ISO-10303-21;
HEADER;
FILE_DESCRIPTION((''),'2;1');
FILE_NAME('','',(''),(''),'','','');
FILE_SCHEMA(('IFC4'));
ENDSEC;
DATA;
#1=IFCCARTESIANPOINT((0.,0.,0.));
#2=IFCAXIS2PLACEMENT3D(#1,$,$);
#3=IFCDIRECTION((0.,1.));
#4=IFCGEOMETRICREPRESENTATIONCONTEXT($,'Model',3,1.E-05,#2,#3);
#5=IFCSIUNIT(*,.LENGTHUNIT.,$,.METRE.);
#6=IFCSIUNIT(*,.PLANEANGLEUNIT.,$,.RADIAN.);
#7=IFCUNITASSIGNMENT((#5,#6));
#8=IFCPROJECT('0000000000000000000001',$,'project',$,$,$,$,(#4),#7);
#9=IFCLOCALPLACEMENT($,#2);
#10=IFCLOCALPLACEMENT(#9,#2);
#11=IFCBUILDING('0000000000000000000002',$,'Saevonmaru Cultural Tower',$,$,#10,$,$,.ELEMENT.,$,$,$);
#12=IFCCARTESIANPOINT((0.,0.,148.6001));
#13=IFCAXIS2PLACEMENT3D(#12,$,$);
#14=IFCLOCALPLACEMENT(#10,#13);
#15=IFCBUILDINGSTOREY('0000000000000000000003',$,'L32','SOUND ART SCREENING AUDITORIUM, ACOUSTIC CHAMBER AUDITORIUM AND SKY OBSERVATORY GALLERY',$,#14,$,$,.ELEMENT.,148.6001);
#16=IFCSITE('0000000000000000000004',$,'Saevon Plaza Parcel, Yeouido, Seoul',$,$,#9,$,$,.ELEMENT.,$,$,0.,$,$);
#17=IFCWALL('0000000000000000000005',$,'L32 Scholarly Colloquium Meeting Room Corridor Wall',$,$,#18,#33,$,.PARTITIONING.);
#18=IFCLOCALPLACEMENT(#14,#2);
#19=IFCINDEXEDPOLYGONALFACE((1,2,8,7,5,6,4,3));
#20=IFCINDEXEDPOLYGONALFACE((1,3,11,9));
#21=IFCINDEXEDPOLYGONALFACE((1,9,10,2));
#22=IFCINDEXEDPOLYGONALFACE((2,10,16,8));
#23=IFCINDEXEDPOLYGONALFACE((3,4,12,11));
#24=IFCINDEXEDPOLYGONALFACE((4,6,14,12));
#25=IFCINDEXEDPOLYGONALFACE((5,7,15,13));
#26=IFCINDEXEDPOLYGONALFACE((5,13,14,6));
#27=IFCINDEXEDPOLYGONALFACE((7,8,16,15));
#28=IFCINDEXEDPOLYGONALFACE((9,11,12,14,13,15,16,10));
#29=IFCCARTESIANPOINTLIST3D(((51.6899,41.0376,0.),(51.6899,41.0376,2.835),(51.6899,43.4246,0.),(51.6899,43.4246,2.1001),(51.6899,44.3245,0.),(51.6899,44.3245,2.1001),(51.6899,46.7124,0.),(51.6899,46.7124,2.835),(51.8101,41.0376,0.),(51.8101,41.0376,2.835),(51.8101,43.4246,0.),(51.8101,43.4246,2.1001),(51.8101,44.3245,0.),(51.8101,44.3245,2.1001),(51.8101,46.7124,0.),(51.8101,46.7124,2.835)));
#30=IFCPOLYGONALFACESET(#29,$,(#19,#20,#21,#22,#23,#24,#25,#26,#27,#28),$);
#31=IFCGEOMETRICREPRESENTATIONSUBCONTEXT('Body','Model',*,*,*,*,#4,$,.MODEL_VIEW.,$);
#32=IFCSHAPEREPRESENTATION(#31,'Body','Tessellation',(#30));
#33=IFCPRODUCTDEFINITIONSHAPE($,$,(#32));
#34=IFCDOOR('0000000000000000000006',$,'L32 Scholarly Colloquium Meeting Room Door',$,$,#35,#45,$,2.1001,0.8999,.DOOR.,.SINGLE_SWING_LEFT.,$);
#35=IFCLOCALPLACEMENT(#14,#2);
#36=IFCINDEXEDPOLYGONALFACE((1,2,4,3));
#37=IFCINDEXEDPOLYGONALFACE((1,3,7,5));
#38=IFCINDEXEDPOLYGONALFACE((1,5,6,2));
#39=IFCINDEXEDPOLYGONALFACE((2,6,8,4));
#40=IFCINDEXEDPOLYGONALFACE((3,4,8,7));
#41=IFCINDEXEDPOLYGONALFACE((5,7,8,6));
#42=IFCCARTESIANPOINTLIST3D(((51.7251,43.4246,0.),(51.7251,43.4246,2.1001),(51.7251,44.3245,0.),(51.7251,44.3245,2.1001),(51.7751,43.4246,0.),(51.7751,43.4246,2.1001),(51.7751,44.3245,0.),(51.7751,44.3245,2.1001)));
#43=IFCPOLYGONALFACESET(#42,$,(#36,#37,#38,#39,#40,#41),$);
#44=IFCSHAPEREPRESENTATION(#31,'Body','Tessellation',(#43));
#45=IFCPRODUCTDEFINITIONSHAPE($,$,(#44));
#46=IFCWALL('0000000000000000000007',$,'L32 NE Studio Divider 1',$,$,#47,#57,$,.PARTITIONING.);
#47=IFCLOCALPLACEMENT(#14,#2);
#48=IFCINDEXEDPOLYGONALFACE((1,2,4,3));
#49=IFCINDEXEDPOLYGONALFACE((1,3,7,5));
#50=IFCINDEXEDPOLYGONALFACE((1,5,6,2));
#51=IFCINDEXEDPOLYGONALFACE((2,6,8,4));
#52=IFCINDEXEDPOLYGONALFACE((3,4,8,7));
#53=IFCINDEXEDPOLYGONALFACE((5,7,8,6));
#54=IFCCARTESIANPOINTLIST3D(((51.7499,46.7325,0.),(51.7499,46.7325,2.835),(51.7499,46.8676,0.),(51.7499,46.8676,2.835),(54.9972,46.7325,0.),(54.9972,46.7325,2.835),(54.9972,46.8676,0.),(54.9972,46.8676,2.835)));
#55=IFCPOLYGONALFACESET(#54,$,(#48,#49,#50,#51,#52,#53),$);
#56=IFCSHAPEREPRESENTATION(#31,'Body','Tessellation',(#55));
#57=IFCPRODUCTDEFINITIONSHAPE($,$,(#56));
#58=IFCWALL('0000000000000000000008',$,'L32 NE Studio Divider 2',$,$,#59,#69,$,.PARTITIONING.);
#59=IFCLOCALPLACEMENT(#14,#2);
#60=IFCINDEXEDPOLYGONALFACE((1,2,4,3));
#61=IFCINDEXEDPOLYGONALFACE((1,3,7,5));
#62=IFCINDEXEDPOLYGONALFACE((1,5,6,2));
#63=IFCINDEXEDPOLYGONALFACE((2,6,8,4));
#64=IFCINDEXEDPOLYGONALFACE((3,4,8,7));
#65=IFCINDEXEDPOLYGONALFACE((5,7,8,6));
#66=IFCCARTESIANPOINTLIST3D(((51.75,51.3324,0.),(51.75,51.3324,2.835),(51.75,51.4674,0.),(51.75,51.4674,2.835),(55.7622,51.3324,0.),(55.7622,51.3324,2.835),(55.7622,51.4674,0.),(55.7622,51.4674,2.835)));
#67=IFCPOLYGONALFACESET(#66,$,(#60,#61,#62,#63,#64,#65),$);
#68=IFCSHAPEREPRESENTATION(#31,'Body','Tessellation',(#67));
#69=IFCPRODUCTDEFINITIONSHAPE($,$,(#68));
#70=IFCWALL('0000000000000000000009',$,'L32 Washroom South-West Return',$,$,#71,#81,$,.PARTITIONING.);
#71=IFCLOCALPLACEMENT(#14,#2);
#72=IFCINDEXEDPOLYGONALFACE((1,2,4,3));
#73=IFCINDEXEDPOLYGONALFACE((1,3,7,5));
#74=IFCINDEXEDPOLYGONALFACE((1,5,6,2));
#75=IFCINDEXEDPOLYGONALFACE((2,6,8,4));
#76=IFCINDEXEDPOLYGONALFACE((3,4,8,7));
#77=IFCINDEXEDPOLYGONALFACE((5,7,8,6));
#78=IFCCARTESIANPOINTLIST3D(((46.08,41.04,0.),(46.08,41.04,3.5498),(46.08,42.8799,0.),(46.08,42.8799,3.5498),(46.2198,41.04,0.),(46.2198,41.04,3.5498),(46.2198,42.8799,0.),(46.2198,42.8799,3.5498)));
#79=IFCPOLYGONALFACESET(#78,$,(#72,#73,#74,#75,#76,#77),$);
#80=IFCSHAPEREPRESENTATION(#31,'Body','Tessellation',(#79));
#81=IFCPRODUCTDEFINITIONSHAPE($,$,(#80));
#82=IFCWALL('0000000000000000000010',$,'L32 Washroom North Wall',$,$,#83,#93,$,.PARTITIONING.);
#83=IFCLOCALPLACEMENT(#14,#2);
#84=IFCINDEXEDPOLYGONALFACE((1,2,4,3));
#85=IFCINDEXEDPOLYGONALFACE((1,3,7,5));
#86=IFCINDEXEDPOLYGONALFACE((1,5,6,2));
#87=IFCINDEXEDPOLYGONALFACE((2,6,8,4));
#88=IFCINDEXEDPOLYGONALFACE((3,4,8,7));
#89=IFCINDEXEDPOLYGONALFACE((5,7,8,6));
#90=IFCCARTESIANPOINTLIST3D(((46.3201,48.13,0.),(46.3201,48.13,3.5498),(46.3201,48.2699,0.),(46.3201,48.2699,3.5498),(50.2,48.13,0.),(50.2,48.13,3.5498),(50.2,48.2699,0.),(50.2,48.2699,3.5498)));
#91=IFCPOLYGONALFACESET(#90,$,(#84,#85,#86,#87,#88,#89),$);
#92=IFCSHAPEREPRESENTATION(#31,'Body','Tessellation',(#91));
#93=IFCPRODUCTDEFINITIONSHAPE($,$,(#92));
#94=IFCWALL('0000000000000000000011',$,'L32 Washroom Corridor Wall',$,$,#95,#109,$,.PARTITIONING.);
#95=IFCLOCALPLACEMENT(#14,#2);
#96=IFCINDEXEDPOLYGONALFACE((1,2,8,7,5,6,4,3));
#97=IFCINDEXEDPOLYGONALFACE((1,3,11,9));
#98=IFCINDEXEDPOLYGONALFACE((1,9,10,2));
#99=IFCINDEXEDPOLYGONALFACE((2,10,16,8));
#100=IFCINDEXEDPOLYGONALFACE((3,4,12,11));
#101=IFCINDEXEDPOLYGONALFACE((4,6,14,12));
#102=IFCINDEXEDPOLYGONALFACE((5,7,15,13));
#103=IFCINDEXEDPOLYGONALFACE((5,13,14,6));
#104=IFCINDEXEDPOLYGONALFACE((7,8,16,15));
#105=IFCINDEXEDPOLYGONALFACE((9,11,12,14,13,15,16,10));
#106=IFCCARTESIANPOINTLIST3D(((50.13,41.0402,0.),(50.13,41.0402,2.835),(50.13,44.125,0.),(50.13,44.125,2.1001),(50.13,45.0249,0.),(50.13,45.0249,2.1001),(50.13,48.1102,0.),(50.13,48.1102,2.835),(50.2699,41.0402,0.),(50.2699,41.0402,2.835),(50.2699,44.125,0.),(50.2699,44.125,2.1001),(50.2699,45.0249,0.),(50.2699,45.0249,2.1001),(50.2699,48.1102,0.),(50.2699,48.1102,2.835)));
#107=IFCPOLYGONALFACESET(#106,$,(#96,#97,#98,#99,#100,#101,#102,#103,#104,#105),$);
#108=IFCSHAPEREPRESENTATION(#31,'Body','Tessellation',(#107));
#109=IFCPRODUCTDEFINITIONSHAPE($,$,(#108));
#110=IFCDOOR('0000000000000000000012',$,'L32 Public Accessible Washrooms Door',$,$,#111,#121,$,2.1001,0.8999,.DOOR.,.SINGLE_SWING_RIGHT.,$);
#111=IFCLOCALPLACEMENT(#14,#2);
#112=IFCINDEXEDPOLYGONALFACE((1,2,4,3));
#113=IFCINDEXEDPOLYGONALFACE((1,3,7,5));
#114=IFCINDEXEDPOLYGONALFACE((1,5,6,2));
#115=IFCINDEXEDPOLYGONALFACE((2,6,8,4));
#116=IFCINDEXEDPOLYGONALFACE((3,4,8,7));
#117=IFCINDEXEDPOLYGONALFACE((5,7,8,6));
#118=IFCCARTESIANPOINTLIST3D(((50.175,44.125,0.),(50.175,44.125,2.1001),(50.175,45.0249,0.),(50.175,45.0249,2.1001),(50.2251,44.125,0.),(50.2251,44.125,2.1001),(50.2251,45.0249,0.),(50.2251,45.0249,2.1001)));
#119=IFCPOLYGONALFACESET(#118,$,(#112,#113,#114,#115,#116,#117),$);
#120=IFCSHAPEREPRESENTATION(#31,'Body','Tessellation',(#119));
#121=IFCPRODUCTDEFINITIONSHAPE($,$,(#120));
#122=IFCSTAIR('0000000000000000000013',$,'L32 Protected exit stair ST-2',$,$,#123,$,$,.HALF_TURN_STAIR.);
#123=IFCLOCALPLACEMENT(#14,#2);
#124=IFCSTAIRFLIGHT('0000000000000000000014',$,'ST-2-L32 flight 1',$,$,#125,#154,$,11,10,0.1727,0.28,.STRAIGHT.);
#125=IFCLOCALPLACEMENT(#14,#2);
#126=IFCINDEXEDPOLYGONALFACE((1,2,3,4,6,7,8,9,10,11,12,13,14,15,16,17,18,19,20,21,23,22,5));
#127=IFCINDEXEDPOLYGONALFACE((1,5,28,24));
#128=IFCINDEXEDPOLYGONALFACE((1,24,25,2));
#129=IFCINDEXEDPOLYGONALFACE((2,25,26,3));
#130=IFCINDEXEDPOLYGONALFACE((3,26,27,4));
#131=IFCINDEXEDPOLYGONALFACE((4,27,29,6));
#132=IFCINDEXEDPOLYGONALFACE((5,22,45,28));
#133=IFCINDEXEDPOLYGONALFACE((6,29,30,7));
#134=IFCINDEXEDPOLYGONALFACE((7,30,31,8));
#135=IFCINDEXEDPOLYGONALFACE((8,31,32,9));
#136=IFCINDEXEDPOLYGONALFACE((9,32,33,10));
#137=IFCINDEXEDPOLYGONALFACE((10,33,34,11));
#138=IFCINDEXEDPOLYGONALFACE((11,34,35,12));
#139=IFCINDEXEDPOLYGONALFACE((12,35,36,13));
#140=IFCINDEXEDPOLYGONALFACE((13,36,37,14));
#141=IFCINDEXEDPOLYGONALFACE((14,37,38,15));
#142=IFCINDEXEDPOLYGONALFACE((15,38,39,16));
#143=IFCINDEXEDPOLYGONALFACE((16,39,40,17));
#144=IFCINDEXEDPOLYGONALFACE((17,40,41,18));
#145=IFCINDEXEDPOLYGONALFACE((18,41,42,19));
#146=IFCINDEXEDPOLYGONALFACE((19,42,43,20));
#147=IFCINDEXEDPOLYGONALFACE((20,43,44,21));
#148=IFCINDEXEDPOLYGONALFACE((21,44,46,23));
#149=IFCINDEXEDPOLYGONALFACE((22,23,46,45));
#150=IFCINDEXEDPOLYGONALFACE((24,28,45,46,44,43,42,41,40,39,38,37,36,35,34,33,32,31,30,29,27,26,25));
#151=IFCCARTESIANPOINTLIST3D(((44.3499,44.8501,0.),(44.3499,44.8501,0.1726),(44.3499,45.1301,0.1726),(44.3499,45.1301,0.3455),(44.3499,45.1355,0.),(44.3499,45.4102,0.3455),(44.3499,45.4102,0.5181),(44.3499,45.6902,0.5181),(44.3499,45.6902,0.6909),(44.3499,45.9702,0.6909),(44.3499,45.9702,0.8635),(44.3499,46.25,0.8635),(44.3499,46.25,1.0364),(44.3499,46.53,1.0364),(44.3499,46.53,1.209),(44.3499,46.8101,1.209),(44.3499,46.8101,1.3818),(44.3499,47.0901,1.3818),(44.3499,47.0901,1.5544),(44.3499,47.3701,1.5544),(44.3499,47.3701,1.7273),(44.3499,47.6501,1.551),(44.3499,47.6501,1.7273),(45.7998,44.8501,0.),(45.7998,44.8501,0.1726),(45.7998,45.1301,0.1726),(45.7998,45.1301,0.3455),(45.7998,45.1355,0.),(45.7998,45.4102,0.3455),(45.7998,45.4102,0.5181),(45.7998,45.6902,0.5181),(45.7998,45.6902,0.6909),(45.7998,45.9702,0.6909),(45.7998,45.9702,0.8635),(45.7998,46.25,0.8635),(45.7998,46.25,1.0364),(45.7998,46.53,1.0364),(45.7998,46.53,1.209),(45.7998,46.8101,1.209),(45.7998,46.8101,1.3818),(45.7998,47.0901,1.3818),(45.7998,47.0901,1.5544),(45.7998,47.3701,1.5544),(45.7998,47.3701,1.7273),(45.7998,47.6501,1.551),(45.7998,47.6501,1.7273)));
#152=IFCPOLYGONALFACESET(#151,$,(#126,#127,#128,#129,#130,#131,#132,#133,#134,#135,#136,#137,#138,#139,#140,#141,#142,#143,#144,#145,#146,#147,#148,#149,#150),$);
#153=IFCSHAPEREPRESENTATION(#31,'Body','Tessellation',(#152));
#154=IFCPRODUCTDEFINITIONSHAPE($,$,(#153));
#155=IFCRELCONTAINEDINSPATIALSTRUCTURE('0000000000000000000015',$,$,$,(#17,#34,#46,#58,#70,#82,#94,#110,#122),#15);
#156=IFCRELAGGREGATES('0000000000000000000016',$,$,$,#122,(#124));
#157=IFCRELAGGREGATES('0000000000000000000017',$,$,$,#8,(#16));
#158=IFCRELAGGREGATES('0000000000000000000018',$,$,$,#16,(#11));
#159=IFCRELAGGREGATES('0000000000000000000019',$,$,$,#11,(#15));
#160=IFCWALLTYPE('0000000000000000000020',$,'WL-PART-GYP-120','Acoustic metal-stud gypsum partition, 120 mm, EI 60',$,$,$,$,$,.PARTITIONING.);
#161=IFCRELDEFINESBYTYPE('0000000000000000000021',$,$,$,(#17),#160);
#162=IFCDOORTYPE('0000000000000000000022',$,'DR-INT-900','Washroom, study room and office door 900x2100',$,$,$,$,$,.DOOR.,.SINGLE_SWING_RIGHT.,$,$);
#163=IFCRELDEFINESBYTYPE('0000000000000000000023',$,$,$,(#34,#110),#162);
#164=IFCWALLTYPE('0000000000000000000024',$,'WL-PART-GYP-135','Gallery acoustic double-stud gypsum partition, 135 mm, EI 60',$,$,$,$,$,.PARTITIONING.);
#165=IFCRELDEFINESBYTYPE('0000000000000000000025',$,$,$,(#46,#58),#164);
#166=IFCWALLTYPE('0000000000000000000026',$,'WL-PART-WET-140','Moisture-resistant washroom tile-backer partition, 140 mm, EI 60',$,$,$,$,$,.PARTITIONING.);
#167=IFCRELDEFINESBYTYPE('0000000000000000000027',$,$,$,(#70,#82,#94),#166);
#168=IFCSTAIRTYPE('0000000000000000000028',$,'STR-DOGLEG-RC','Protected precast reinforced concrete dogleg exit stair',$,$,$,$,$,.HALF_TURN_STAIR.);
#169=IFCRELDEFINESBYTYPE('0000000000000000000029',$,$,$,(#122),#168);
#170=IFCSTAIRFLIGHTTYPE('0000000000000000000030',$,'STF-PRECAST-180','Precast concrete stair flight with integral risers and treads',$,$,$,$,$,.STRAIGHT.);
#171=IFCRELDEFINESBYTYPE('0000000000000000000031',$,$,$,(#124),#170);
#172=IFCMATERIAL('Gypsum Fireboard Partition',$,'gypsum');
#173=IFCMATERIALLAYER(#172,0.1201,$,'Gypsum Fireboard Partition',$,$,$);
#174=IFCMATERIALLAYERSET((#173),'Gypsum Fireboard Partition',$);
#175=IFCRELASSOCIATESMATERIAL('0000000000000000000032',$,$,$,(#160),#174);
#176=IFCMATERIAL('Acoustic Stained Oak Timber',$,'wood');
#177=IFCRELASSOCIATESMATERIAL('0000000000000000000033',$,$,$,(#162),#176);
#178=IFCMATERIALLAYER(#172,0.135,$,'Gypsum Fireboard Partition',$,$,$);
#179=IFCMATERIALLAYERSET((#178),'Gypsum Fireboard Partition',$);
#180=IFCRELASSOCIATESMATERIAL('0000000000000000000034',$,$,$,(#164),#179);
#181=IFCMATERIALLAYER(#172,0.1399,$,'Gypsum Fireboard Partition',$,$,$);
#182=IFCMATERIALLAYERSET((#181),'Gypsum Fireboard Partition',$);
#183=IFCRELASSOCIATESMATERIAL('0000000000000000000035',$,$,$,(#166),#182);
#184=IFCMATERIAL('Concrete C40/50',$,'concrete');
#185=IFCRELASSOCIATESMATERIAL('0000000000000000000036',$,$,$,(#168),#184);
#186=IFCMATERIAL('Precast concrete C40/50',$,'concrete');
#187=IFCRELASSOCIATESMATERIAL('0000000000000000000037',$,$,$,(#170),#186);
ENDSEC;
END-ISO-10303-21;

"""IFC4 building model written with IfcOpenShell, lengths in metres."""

from ifc_helpers import new_model, si_unit, direction, frame, frame_2d, origin, place, context, subcontext, project, spatial, polyline, rectangle, outline, extrude, material, layer, layer_set, type_object, element, fill, aggregate, save


model = new_model("IFC4")

# Units and contexts
model_context = context("Model", 3, precision=1e-05, world=origin(), true_north=direction((0.0, 1.0)))
body_context = subcontext(model_context, "Body", "Model", "MODEL_VIEW")
ifc_project = project(units=[si_unit("LENGTHUNIT", "METRE"), si_unit("PLANEANGLEUNIT", "RADIAN")], contexts=[model_context])

# Site, building, storey
site_placement = place(None, origin())
site = spatial("IfcSite", under=ifc_project, at=site_placement, Name="Saevon Plaza Parcel, Yeouido, Seoul", CompositionType="ELEMENT", RefElevation=0.0)
building_placement = place(site_placement, origin())
building = spatial("IfcBuilding", under=site, at=building_placement, Name="Saevonmaru Cultural Tower", CompositionType="ELEMENT")
storey_placement = place(building_placement, frame((0.0, 0.0, 148.6001)))
storey = spatial("IfcBuildingStorey", under=building, at=storey_placement, Name="L32", Description="SOUND ART SCREENING AUDITORIUM, ACOUSTIC CHAMBER AUDITORIUM AND SKY OBSERVATORY GALLERY", CompositionType="ELEMENT", Elevation=148.6001)

# Wall, opening, door
ifc_material_1 = material(Name="Gypsum Fireboard Partition", Category="gypsum")
ifc_material_2 = material(Name="Acoustic Stained Oak Timber", Category="wood")
ifc_layer_1 = layer(ifc_material_1, 0.1201, Name="Gypsum Fireboard Partition")
ifc_layer_set_1 = layer_set([ifc_layer_1], Name="Gypsum Fireboard Partition")
wall_type_1 = type_object("IfcWallType", Name="WL-PART-GYP-120", Description="Acoustic metal-stud gypsum partition, 120 mm, EI 60", PredefinedType="PARTITIONING", material=ifc_layer_set_1)
wall_1_placement = place(storey_placement, frame((51.75, 41.0376, 0.0), z_axis=(0.0, 0.0, 1.0), x_axis=(0.0, 1.0, 0.0)))
wall_1 = element("IfcWall", 1, at=wall_1_placement, inside=storey, type_object=wall_type_1, Name="L32 Scholarly Colloquium Meeting Room Corridor Wall", PredefinedType="PARTITIONING", context=body_context, shape_type="SweptSolid", body=[
    extrude(rectangle(XDim=5.6748, YDim=0.1201, at=frame_2d((2.8374, 0.0))), origin(), (0.0, 0.0, 1.0), 2.835),
])
opening_1_placement = place(wall_1_placement, frame((2.387, 0.0, 0.0)))
opening_1 = element("IfcOpeningElement", 2, at=opening_1_placement, cuts=wall_1, PredefinedType="OPENING", context=body_context, shape_type="SweptSolid", body=[
    extrude(rectangle(XDim=0.8999, YDim=2.1001, at=frame_2d((0.45, 1.05))), frame((0.0, 0.0701, 0.0), z_axis=(0.0, -1.0, 0.0), x_axis=(1.0, 0.0, 0.0)), (0.0, 0.0, 1.0), 0.1401),
])
door_type_1 = type_object("IfcDoorType", Name="DR-INT-900", Description="Washroom, study room and office door 900x2100", OperationType="SINGLE_SWING_RIGHT", PredefinedType="DOOR", material=ifc_material_2)
door_1_placement = place(opening_1_placement, origin())
door_1 = element("IfcDoor", 3, at=door_1_placement, inside=storey, type_object=door_type_1, Name="L32 Scholarly Colloquium Meeting Room Door", OperationType="SINGLE_SWING_LEFT", OverallHeight=2.1001, OverallWidth=0.8999, PredefinedType="DOOR", context=body_context, shape_type="SweptSolid", body=[
    extrude(rectangle(XDim=0.8999, YDim=2.1001, at=frame_2d((0.45, 1.05))), frame((0.0, 0.0249, 0.0), z_axis=(0.0, -1.0, 0.0), x_axis=(1.0, 0.0, 0.0)), (0.0, 0.0, 1.0), 0.05),
])
fill(opening_1, door_1)

# Walls
ifc_layer_2 = layer(ifc_material_1, 0.135, Name="Gypsum Fireboard Partition")
ifc_layer_set_2 = layer_set([ifc_layer_2], Name="Gypsum Fireboard Partition")
wall_type_2 = type_object("IfcWallType", Name="WL-PART-GYP-135", Description="Gallery acoustic double-stud gypsum partition, 135 mm, EI 60", PredefinedType="PARTITIONING", material=ifc_layer_set_2)
wall_2_placement = place(storey_placement, frame((51.75, 46.8, 0.0), z_axis=(0.0, 0.0, 1.0), x_axis=(1.0, 0.0, 0.0)))
element("IfcWall", 4, at=wall_2_placement, inside=storey, type_object=wall_type_2, Name="L32 NE Studio Divider 1", PredefinedType="PARTITIONING", context=body_context, shape_type="SweptSolid", body=[
    extrude(rectangle(XDim=3.2473, YDim=0.135, at=frame_2d((1.6235, 0.0))), origin(), (0.0, 0.0, 1.0), 2.835),
])
wall_3_placement = place(storey_placement, frame((51.75, 51.3999, 0.0), z_axis=(0.0, 0.0, 1.0), x_axis=(1.0, 0.0, 0.0)))
element("IfcWall", 5, at=wall_3_placement, inside=storey, type_object=wall_type_2, Name="L32 NE Studio Divider 2", PredefinedType="PARTITIONING", context=body_context, shape_type="SweptSolid", body=[
    extrude(rectangle(XDim=4.0122, YDim=0.135, at=frame_2d((2.0061, 0.0))), origin(), (0.0, 0.0, 1.0), 2.835),
])
ifc_layer_3 = layer(ifc_material_1, 0.1399, Name="Gypsum Fireboard Partition")
ifc_layer_set_3 = layer_set([ifc_layer_3], Name="Gypsum Fireboard Partition")
wall_type_3 = type_object("IfcWallType", Name="WL-PART-WET-140", Description="Moisture-resistant washroom tile-backer partition, 140 mm, EI 60", PredefinedType="PARTITIONING", material=ifc_layer_set_3)
wall_4_placement = place(storey_placement, frame((46.1499, 41.04, 0.0), z_axis=(0.0, 0.0, 1.0), x_axis=(0.0, 1.0, 0.0)))
element("IfcWall", 6, at=wall_4_placement, inside=storey, type_object=wall_type_3, Name="L32 Washroom South-West Return", PredefinedType="PARTITIONING", context=body_context, shape_type="SweptSolid", body=[
    extrude(rectangle(XDim=1.8398, YDim=0.1399, at=frame_2d((0.9199, 0.0))), origin(), (0.0, 0.0, 1.0), 3.5498),
])
wall_5_placement = place(storey_placement, frame((46.3201, 48.2, 0.0), z_axis=(0.0, 0.0, 1.0), x_axis=(1.0, 0.0, 0.0)))
element("IfcWall", 7, at=wall_5_placement, inside=storey, type_object=wall_type_3, Name="L32 Washroom North Wall", PredefinedType="PARTITIONING", context=body_context, shape_type="SweptSolid", body=[
    extrude(rectangle(XDim=3.8799, YDim=0.1399, at=frame_2d((1.9399, 0.0))), origin(), (0.0, 0.0, 1.0), 3.5498),
])

# Wall, opening, door
wall_6_placement = place(storey_placement, frame((50.2, 41.04, 0.0), z_axis=(0.0, 0.0, 1.0), x_axis=(0.0, 1.0, 0.0)))
wall_6 = element("IfcWall", 8, at=wall_6_placement, inside=storey, type_object=wall_type_3, Name="L32 Washroom Corridor Wall", PredefinedType="PARTITIONING", context=body_context, shape_type="SweptSolid", body=[
    extrude(rectangle(XDim=7.0701, YDim=0.1399, at=frame_2d((3.5352, 0.0))), origin(), (0.0, 0.0, 1.0), 2.835),
])
opening_2_placement = place(wall_6_placement, frame((3.085, 0.0, 0.0)))
opening_2 = element("IfcOpeningElement", 9, at=opening_2_placement, cuts=wall_6, PredefinedType="OPENING", context=body_context, shape_type="SweptSolid", body=[
    extrude(rectangle(XDim=0.8999, YDim=2.1001, at=frame_2d((0.45, 1.05))), frame((0.0, 0.0801, 0.0), z_axis=(0.0, -1.0, 0.0), x_axis=(1.0, 0.0, 0.0)), (0.0, 0.0, 1.0), 0.1599),
])
door_2_placement = place(opening_2_placement, origin())
door_2 = element("IfcDoor", 10, at=door_2_placement, inside=storey, type_object=door_type_1, Name="L32 Public Accessible Washrooms Door", OperationType="SINGLE_SWING_RIGHT", OverallHeight=2.1001, OverallWidth=0.8999, PredefinedType="DOOR", context=body_context, shape_type="SweptSolid", body=[
    extrude(rectangle(XDim=0.8999, YDim=2.1001, at=frame_2d((0.45, 1.05))), frame((0.0, 0.0249, 0.0), z_axis=(0.0, -1.0, 0.0), x_axis=(1.0, 0.0, 0.0)), (0.0, 0.0, 1.0), 0.05),
])
fill(opening_2, door_2)

# Stair, stair flight
ifc_material_3 = material(Name="Concrete C40/50", Category="concrete")
stair_type = type_object("IfcStairType", Name="STR-DOGLEG-RC", Description="Protected precast reinforced concrete dogleg exit stair", PredefinedType="HALF_TURN_STAIR", material=ifc_material_3)
stair_placement = place(storey_placement, origin())
stair = element("IfcStair", 11, at=stair_placement, inside=storey, type_object=stair_type, Name="L32 Protected exit stair ST-2", PredefinedType="HALF_TURN_STAIR")
ifc_material_4 = material(Name="Precast concrete C40/50", Category="concrete")
stair_flight_type = type_object("IfcStairFlightType", Name="STF-PRECAST-180", Description="Precast concrete stair flight with integral risers and treads", PredefinedType="STRAIGHT", material=ifc_material_4)
stair_flight_placement = place(storey_placement, frame((45.075, 44.8501, 0.0), z_axis=(0.0, 0.0, 1.0), x_axis=(0.0, 1.0, 0.0)))
stair_flight = element("IfcStairFlight", 12, at=stair_flight_placement, type_object=stair_flight_type, Name="ST-2-L32 flight 1", NumberOfRisers=11, NumberOfTreads=10, PredefinedType="STRAIGHT", RiserHeight=0.1727, TreadLength=0.28, context=body_context, shape_type="SweptSolid", body=[
    extrude(outline(polyline([(0.0, 0.0), (0.0, 0.1726), (0.28, 0.1726), (0.28, 0.3455), (0.5601, 0.3455), (0.5601, 0.5181), (0.8401, 0.5181), (0.8401, 0.6909), (1.1201, 0.6909), (1.1201, 0.8635), (1.3999, 0.8635), (1.3999, 1.0364), (1.6799, 1.0364), (1.6799, 1.209), (1.96, 1.209), (1.96, 1.3818), (2.24, 1.3818), (2.24, 1.5544), (2.52, 1.5544), (2.52, 1.7273), (2.8, 1.7273), (2.8, 1.8999), (2.8, 1.551), (0.2854, 0.0), (0.0, 0.0)])), frame((0.0, 0.7251, 0.0), z_axis=(0.0, -1.0, 0.0), x_axis=(1.0, 0.0, 0.0)), (0.0, 0.0, 1.0), 1.45),
])
aggregate(stair, [stair_flight])

save(model, "model.ifc")
